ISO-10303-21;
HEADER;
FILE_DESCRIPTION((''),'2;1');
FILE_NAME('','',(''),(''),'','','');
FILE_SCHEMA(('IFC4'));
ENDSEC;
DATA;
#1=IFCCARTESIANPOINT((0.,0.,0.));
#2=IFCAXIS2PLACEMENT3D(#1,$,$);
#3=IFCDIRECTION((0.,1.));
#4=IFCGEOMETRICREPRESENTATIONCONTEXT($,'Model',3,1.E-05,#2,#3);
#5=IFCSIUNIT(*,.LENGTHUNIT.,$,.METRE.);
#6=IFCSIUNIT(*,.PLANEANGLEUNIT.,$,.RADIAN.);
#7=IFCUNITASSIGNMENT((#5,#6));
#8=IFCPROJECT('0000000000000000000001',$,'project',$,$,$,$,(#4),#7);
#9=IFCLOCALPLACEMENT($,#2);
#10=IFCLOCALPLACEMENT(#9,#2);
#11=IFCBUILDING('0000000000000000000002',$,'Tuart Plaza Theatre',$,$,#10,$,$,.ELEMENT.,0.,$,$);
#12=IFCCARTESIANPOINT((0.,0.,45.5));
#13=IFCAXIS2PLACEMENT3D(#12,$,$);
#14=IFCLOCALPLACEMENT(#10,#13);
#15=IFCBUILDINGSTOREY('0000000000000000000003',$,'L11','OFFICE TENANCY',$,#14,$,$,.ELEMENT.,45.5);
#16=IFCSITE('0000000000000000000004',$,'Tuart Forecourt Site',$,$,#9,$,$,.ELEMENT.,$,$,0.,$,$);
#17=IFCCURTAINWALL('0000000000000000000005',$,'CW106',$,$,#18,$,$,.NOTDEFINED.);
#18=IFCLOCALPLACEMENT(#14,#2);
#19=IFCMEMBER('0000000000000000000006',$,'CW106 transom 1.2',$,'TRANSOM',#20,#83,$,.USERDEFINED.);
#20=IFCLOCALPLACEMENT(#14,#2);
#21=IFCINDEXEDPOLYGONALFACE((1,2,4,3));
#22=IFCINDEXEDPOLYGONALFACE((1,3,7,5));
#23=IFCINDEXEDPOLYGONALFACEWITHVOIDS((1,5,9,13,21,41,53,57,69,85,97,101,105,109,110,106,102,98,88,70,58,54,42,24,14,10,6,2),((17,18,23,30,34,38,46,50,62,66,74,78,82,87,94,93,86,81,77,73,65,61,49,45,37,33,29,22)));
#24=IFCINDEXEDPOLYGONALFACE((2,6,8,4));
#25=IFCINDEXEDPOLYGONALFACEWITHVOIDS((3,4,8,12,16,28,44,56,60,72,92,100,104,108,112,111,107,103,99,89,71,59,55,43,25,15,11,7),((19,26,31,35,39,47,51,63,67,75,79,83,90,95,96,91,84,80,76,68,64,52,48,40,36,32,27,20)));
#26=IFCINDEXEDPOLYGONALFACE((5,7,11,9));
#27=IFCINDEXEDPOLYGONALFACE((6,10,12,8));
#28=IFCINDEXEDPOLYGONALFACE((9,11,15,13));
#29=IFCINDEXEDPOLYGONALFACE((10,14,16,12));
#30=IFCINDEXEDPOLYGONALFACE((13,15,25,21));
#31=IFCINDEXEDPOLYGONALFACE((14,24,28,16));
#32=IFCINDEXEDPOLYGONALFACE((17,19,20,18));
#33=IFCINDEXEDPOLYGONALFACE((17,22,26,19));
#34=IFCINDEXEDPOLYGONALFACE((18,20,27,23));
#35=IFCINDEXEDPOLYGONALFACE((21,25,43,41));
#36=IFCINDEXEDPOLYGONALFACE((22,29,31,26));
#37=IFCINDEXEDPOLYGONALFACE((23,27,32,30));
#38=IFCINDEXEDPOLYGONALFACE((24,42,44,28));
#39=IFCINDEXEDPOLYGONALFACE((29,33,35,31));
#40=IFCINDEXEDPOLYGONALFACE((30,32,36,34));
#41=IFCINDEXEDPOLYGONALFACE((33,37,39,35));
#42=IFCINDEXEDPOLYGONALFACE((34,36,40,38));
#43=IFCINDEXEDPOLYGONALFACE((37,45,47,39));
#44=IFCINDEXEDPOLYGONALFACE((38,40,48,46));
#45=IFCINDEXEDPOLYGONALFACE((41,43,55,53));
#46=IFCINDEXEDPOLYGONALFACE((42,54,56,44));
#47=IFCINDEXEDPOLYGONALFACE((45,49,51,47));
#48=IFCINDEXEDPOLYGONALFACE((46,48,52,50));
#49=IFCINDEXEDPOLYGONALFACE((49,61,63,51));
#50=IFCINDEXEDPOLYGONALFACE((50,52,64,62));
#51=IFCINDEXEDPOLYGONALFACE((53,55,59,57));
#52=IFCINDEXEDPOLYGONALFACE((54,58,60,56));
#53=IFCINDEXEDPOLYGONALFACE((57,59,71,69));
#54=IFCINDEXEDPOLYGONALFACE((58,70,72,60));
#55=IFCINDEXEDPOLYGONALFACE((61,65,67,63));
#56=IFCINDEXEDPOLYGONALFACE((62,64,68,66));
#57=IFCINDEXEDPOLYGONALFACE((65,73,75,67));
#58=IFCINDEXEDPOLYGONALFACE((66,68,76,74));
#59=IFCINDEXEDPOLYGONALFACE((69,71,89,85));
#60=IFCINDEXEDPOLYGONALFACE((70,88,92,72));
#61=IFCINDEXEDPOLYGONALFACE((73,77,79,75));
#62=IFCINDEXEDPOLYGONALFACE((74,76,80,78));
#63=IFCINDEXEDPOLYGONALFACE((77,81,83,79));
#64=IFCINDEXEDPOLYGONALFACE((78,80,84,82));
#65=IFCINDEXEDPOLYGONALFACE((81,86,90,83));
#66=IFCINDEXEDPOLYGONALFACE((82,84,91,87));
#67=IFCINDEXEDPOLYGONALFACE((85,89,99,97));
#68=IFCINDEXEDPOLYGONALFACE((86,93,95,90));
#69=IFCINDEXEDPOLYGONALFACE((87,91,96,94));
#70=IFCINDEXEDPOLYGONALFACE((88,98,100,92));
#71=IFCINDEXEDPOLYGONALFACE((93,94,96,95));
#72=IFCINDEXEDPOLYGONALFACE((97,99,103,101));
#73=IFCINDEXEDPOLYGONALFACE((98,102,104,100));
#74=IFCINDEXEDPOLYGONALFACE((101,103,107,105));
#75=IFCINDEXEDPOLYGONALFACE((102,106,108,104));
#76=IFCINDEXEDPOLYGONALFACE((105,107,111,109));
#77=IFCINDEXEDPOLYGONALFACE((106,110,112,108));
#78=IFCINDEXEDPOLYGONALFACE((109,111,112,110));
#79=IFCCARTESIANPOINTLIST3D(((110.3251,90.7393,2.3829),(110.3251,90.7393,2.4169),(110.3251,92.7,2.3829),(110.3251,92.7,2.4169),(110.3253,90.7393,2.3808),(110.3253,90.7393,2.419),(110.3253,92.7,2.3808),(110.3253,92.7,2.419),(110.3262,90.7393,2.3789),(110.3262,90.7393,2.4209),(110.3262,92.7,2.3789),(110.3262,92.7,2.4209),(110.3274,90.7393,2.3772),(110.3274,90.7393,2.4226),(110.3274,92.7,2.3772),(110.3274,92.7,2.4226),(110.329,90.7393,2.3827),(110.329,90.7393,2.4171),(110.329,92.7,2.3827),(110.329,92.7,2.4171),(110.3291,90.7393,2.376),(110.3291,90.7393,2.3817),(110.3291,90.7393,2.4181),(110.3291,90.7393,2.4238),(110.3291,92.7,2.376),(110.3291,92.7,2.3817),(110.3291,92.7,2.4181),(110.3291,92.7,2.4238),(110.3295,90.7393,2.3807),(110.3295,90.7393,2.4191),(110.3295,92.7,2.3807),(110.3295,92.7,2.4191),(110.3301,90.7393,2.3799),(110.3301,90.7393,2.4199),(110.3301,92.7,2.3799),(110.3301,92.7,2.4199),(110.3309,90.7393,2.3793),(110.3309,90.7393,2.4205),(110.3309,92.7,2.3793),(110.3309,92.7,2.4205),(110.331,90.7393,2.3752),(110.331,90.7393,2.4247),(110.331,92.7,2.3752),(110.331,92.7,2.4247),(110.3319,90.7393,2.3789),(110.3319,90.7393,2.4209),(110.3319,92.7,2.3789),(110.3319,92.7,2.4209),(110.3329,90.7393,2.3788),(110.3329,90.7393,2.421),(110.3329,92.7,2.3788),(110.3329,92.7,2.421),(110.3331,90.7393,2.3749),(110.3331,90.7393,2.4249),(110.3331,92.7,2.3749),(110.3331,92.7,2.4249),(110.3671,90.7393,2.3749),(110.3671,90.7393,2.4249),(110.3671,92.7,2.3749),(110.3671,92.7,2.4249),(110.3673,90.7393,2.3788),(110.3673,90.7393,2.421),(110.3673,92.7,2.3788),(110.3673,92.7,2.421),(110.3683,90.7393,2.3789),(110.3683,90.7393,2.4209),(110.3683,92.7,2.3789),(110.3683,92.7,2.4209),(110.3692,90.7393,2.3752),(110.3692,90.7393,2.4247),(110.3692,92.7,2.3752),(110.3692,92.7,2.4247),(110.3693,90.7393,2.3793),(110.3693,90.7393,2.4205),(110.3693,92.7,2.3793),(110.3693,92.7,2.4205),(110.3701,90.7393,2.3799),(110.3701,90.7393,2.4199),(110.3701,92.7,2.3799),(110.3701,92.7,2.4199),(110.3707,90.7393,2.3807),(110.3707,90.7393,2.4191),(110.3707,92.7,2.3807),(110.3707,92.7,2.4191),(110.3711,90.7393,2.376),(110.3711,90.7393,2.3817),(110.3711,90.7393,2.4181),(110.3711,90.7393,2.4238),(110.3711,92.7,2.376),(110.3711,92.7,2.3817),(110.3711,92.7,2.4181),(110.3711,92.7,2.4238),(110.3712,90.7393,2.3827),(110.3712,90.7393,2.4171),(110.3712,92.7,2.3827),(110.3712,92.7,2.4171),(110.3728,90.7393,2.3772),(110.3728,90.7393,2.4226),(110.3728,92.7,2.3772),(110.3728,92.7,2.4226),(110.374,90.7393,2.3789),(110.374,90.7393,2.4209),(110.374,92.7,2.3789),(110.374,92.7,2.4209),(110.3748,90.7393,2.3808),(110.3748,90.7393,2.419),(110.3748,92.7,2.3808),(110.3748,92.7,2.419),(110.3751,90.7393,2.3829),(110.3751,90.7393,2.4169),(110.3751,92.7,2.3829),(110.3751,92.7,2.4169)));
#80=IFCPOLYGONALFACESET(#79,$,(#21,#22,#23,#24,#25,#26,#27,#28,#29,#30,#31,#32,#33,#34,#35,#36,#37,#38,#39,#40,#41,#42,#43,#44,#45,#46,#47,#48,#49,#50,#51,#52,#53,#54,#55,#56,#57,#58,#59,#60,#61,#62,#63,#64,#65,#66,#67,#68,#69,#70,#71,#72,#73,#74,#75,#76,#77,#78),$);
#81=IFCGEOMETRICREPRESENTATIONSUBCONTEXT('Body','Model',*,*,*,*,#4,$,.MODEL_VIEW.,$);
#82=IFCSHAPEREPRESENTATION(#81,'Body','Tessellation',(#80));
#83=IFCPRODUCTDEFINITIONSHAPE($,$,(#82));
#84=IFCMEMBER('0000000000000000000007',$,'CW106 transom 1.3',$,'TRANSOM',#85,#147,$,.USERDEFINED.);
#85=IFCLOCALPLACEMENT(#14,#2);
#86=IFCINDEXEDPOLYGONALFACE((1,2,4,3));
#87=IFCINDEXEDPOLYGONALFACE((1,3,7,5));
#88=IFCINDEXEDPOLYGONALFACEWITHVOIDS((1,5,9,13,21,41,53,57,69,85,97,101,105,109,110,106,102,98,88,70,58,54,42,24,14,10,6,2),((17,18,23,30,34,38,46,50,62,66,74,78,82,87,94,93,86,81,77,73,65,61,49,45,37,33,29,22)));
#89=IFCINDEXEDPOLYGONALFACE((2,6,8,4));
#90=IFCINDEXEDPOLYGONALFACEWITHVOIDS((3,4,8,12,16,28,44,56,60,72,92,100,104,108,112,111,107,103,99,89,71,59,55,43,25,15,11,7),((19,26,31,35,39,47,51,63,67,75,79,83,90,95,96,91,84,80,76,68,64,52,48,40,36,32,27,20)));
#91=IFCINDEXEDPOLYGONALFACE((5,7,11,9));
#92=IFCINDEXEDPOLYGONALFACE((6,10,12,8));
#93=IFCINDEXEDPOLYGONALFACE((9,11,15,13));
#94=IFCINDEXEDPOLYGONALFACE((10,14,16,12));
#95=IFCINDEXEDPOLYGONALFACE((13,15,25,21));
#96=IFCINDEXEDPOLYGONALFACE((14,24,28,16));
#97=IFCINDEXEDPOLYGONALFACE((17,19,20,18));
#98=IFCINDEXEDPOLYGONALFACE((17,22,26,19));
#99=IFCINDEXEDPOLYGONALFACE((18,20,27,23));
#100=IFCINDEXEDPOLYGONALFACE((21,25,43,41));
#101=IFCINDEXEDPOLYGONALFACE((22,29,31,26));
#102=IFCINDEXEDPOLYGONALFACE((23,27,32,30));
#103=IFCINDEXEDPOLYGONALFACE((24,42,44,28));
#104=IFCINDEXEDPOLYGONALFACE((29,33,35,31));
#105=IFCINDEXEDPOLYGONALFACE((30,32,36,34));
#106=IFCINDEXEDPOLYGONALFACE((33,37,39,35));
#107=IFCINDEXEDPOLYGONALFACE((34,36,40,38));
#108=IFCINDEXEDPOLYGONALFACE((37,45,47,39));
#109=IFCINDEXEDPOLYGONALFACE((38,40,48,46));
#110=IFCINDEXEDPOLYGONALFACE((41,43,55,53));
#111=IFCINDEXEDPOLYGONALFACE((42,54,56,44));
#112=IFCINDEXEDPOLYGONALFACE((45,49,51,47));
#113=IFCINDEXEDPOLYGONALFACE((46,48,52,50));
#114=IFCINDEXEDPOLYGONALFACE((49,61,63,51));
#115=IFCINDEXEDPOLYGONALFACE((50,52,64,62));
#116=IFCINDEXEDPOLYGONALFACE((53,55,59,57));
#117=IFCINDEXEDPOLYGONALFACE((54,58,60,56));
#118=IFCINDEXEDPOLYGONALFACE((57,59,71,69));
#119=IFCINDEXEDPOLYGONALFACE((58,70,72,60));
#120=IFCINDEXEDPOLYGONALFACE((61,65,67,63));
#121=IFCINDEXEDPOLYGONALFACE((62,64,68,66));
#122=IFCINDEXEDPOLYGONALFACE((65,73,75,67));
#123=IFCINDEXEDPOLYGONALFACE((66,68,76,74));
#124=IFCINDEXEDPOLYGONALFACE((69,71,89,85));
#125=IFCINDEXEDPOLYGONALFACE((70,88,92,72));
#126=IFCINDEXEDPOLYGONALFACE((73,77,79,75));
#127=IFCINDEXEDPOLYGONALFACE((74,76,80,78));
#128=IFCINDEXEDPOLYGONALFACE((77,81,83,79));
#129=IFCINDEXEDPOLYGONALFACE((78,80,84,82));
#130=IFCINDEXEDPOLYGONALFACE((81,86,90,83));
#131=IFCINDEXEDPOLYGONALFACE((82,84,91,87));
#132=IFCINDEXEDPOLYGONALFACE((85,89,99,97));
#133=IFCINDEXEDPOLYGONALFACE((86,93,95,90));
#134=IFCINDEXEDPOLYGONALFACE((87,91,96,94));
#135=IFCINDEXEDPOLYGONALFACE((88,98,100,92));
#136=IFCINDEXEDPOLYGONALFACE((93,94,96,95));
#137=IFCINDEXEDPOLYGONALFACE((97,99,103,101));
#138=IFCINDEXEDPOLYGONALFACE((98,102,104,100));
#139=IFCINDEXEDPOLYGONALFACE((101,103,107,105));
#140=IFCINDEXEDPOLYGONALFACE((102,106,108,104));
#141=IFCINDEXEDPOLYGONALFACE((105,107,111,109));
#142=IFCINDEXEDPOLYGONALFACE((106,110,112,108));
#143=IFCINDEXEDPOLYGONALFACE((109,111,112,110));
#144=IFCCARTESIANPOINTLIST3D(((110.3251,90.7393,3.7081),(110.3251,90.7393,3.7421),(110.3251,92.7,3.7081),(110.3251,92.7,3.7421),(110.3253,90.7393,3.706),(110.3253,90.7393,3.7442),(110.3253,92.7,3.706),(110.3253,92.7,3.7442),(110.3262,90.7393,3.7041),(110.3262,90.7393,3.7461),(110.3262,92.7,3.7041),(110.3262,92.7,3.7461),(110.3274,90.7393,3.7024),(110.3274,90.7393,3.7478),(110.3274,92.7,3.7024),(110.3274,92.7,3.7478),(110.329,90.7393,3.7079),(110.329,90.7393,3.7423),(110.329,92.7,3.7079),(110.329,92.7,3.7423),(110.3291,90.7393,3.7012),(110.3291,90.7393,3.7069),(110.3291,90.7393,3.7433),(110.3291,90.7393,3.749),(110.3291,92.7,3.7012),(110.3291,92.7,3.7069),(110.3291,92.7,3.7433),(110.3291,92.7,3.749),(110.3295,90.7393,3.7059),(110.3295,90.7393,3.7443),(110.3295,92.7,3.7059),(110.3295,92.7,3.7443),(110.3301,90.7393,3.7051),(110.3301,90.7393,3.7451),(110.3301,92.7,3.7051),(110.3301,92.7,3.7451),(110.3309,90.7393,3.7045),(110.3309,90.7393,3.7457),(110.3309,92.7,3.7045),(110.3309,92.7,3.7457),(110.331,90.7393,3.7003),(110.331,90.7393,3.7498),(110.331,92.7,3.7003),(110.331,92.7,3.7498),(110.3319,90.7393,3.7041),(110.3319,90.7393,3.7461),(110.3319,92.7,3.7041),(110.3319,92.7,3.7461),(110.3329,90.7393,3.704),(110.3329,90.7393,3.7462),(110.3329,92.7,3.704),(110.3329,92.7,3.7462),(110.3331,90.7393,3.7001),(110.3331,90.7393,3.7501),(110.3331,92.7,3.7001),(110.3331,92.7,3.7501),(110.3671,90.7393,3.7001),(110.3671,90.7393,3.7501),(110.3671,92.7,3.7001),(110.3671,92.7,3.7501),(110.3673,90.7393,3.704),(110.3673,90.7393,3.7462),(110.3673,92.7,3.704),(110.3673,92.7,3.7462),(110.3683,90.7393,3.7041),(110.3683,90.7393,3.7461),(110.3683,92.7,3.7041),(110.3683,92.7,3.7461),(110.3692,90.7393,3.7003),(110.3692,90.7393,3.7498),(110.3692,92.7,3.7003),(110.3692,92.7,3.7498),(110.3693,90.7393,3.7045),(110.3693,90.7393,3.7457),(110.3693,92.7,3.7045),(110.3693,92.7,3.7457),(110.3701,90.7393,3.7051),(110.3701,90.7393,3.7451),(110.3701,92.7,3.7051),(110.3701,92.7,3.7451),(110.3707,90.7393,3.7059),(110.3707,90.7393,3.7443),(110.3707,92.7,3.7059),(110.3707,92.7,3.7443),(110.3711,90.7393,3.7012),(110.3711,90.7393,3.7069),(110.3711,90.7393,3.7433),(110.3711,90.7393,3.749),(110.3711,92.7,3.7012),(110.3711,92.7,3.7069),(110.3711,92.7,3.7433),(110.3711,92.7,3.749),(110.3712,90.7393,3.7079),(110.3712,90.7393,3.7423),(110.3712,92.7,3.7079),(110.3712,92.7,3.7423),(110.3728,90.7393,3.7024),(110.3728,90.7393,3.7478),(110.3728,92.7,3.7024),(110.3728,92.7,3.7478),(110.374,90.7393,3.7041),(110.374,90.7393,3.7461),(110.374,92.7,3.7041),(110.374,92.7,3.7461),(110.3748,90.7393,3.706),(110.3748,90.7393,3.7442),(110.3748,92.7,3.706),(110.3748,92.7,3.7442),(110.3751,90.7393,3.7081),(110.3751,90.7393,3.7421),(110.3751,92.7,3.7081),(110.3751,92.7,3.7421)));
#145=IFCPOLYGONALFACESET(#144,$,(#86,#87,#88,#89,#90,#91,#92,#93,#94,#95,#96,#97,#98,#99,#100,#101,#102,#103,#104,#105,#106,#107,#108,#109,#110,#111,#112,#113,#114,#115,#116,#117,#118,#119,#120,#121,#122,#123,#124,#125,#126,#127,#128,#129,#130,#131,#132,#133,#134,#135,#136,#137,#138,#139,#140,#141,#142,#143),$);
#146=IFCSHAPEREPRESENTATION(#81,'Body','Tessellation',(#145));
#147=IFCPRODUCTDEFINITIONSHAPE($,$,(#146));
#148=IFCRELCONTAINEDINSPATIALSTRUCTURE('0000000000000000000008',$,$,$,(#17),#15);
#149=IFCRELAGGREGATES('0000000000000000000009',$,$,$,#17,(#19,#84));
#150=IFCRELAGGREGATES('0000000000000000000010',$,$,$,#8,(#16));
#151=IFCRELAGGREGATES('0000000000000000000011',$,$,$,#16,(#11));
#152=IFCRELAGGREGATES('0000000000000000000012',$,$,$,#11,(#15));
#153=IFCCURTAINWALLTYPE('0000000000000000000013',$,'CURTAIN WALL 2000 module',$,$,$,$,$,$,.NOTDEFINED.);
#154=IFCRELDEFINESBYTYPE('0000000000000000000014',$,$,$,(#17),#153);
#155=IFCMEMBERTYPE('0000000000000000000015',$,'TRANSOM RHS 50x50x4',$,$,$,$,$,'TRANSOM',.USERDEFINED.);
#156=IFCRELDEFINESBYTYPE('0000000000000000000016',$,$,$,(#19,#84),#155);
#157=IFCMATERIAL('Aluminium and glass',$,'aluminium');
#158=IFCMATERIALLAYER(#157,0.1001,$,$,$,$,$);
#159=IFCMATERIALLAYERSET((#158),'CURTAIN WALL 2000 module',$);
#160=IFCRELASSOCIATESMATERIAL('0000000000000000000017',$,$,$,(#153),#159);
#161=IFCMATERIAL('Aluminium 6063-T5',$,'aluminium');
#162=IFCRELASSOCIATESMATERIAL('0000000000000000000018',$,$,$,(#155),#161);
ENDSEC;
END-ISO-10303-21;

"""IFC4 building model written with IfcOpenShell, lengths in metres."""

from ifc_helpers import new_model, si_unit, direction, frame, origin, origin_2d, place, context, subcontext, project, spatial, hollow_rectangle, extrude, material, layer, layer_set, material_profile, profile_set, type_object, element, aggregate, save


model = new_model("IFC4")

# Units and contexts
model_context = context("Model", 3, precision=1e-05, world=origin(), true_north=direction((0.0, 1.0)))
body_context = subcontext(model_context, "Body", "Model", "MODEL_VIEW")
ifc_project = project(units=[si_unit("LENGTHUNIT", "METRE"), si_unit("PLANEANGLEUNIT", "RADIAN")], contexts=[model_context])

# Site, building, storey
site_placement = place(None, origin())
site = spatial("IfcSite", under=ifc_project, at=site_placement, Name="Tuart Forecourt Site", CompositionType="ELEMENT", RefElevation=0.0)
building_placement = place(site_placement, origin())
building = spatial("IfcBuilding", under=site, at=building_placement, Name="Tuart Plaza Theatre", CompositionType="ELEMENT", ElevationOfRefHeight=0.0)
storey_placement = place(building_placement, frame((0.0, 0.0, 45.5)))
storey = spatial("IfcBuildingStorey", under=building, at=storey_placement, Name="L11", Description="OFFICE TENANCY", CompositionType="ELEMENT", Elevation=45.5)

# Curtain wall, members
ifc_material_1 = material(Name="Aluminium and glass", Category="aluminium")
ifc_layer_1 = layer(ifc_material_1, 0.1001)
ifc_layer_set_1 = layer_set([ifc_layer_1], Name="CURTAIN WALL 2000 module")
curtain_wall_type = type_object("IfcCurtainWallType", Name="CURTAIN WALL 2000 module", PredefinedType="NOTDEFINED", material=ifc_layer_set_1)
curtain_wall_placement = place(storey_placement, origin())
curtain_wall = element("IfcCurtainWall", 1, at=curtain_wall_placement, inside=storey, type_object=curtain_wall_type, Name="CW106", PredefinedType="NOTDEFINED")
ifc_material_2 = material(Name="Aluminium 6063-T5", Category="aluminium")
ifc_material_profile_1 = material_profile(ifc_material_2, hollow_rectangle(XDim=0.05, YDim=0.05, WallThickness=0.0039, InnerFilletRadius=0.0039, OuterFilletRadius=0.0081, at=origin_2d()), Name="RHS 50x50x4")
ifc_profile_set_1 = profile_set([ifc_material_profile_1], Name="Aluminium 6063-T5")
member_type_1 = type_object("IfcMemberType", Name="TRANSOM RHS 50x50x4", ElementType="TRANSOM", PredefinedType="USERDEFINED", material=ifc_profile_set_1)
member_1_placement = place(storey_placement, frame((110.3501, 92.7, 2.3999), z_axis=(0.0, -1.0, 0.0), x_axis=(1.0, 0.0, 0.0)))
member_1 = element("IfcMember", 2, at=member_1_placement, type_object=member_type_1, Name="CW106 transom 1.2", ObjectType="TRANSOM", PredefinedType="USERDEFINED", context=body_context, shape_type="SweptSolid", body=[
    extrude(hollow_rectangle(XDim=0.05, YDim=0.05, WallThickness=0.0039, InnerFilletRadius=0.0039, OuterFilletRadius=0.0081, at=origin_2d()), origin(), (0.0, 0.0, 1.0), 1.9607),
])
member_2_placement = place(storey_placement, frame((110.3501, 92.7, 3.7251), z_axis=(0.0, -1.0, 0.0), x_axis=(1.0, 0.0, 0.0)))
member_2 = element("IfcMember", 3, at=member_2_placement, type_object=member_type_1, Name="CW106 transom 1.3", ObjectType="TRANSOM", PredefinedType="USERDEFINED", context=body_context, shape_type="SweptSolid", body=[
    extrude(hollow_rectangle(XDim=0.05, YDim=0.05, WallThickness=0.0039, InnerFilletRadius=0.0039, OuterFilletRadius=0.0081, at=origin_2d()), origin(), (0.0, 0.0, 1.0), 1.9607),
])
aggregate(curtain_wall, [member_1, member_2])

save(model, "model.ifc")
